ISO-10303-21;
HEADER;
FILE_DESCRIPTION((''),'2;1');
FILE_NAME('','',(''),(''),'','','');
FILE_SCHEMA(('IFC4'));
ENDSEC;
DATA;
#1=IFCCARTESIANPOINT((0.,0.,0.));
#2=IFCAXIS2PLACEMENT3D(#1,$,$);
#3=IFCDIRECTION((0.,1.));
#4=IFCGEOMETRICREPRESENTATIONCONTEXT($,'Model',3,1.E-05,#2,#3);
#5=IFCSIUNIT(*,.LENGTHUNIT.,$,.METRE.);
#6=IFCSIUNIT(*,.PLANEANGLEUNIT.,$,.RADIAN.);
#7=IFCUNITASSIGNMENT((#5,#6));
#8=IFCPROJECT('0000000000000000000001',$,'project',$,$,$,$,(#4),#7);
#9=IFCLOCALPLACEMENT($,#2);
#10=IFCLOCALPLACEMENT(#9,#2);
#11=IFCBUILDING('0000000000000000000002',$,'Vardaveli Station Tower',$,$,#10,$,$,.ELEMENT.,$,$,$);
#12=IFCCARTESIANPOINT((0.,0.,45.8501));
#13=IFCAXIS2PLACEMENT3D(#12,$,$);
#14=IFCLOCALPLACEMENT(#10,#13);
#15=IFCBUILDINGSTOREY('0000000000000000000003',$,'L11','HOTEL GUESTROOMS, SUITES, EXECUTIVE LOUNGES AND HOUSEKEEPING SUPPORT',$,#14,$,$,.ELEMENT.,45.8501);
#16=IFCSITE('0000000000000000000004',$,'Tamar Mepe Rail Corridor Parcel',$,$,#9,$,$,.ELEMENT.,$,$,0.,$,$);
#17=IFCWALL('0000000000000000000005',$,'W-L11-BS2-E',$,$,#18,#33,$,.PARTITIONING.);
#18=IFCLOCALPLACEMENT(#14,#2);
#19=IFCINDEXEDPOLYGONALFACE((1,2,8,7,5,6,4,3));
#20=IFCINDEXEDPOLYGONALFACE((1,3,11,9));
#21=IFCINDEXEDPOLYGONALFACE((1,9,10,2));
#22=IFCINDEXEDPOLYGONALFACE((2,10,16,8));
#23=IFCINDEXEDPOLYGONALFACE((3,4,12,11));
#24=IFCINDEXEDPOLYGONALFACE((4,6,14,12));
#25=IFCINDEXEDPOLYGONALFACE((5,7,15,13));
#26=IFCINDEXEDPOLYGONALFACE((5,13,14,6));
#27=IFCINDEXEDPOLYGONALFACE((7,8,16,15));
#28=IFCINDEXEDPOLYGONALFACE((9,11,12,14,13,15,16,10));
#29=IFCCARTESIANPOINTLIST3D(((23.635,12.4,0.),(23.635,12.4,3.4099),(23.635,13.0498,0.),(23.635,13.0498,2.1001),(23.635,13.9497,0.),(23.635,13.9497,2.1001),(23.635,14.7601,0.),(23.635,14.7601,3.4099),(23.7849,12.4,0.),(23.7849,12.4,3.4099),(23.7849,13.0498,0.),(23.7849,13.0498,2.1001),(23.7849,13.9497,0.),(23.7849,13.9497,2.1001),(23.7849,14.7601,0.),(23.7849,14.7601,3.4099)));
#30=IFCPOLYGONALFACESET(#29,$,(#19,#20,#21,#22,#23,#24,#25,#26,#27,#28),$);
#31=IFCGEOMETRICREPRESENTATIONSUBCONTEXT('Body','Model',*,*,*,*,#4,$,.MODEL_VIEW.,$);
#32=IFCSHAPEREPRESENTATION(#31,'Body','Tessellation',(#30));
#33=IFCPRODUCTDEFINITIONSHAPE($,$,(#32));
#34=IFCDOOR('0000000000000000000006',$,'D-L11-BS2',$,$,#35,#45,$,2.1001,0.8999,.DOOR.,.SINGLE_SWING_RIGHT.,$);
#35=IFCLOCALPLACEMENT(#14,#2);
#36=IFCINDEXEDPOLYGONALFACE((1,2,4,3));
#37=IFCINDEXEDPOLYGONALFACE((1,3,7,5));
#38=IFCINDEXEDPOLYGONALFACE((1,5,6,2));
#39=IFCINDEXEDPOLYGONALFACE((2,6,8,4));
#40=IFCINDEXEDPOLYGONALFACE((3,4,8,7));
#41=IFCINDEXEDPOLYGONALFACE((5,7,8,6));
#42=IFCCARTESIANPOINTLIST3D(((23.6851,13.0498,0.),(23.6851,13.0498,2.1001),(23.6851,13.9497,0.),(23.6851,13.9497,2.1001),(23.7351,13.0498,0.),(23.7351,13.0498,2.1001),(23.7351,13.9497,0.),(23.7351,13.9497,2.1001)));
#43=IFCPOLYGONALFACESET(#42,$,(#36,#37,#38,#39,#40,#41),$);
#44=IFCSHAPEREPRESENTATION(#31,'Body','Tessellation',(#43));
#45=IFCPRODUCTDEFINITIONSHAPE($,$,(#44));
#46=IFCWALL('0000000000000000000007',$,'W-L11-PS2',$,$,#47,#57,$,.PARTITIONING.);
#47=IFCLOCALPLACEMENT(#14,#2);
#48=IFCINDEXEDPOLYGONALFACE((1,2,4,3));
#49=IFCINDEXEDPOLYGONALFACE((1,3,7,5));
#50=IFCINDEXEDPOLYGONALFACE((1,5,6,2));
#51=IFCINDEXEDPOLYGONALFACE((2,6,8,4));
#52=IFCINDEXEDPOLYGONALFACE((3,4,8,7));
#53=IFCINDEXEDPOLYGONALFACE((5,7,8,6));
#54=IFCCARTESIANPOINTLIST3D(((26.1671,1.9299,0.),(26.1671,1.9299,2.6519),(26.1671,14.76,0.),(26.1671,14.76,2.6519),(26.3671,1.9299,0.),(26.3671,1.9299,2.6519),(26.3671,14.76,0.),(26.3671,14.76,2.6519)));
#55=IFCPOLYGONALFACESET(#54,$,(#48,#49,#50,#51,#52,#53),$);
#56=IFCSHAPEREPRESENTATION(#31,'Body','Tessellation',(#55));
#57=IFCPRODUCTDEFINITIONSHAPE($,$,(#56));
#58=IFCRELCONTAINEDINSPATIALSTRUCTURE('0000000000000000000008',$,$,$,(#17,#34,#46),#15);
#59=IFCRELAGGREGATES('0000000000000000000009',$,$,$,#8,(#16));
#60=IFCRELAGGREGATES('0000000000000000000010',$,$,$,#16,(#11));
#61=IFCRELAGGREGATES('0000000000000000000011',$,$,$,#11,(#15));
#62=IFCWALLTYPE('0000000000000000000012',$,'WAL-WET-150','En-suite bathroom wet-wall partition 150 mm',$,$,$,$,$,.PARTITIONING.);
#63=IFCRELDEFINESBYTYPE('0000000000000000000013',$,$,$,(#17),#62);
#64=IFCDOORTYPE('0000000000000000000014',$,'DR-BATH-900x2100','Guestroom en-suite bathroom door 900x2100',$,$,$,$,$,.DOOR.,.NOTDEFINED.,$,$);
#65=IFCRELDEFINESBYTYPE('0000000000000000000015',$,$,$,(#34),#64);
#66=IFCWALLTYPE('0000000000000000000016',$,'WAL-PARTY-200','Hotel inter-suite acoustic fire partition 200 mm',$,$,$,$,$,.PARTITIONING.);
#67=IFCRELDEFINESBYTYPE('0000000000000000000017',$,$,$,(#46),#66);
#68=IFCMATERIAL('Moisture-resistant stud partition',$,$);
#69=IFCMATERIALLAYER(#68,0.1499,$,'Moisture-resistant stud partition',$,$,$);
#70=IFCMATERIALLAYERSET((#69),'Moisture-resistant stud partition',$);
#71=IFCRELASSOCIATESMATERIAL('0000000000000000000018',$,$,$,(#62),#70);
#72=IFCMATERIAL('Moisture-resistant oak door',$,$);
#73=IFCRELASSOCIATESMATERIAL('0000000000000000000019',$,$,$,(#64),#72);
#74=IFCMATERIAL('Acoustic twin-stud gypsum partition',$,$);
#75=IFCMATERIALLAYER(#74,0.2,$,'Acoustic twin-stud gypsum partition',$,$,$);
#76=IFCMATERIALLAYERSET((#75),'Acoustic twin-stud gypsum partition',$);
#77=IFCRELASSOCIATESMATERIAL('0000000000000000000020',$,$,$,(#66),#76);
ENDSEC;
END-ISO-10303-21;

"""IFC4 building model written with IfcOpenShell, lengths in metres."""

from ifc_helpers import new_model, si_unit, direction, frame, frame_2d, origin, place, context, subcontext, project, spatial, rectangle, extrude, source, transform, mapped, material, layer, layer_set, type_object, element, fill, save


model = new_model("IFC4")

# Units and contexts
model_context = context("Model", 3, precision=1e-05, world=origin(), true_north=direction((0.0, 1.0)))
body_context = subcontext(model_context, "Body", "Model", "MODEL_VIEW")
ifc_project = project(units=[si_unit("LENGTHUNIT", "METRE"), si_unit("PLANEANGLEUNIT", "RADIAN")], contexts=[model_context])

# Site, building, storey
site_placement = place(None, origin())
site = spatial("IfcSite", under=ifc_project, at=site_placement, Name="Tamar Mepe Rail Corridor Parcel", CompositionType="ELEMENT", RefElevation=0.0)
building_placement = place(site_placement, origin())
building = spatial("IfcBuilding", under=site, at=building_placement, Name="Vardaveli Station Tower", CompositionType="ELEMENT")
storey_placement = place(building_placement, frame((0.0, 0.0, 45.8501)))
storey = spatial("IfcBuildingStorey", under=building, at=storey_placement, Name="L11", Description="HOTEL GUESTROOMS, SUITES, EXECUTIVE LOUNGES AND HOUSEKEEPING SUPPORT", CompositionType="ELEMENT", Elevation=45.8501)

# Wall, opening, door
ifc_material_1 = material(Name="Moisture-resistant stud partition")
ifc_layer_1 = layer(ifc_material_1, 0.1499, Name="Moisture-resistant stud partition")
ifc_layer_set_1 = layer_set([ifc_layer_1], Name="Moisture-resistant stud partition")
wall_type_1 = type_object("IfcWallType", Name="WAL-WET-150", Description="En-suite bathroom wet-wall partition 150 mm", PredefinedType="PARTITIONING", material=ifc_layer_set_1)
shared_shape_1 = source(origin(), body_context, "Body", "SweptSolid", [
    extrude(rectangle(XDim=2.3601, YDim=0.1499, at=frame_2d((1.1802, 0.0))), origin(), (0.0, 0.0, 1.0), 3.4099),
])
wall_1_placement = place(storey_placement, frame((23.71, 12.3999, 0.0), z_axis=(0.0, 0.0, 1.0), x_axis=(0.0, 1.0, 0.0)))
wall_1 = element("IfcWall", 1, at=wall_1_placement, inside=storey, type_object=wall_type_1, Name="W-L11-BS2-E", PredefinedType="PARTITIONING", context=body_context, shape_type="MappedRepresentation", body=[
    mapped(shared_shape_1, transform((0.0, 0.0, 0.0), scale=1.0)),
])
shared_shape_2 = source(origin(), body_context, "Body", "SweptSolid", [
    extrude(rectangle(XDim=0.8999, YDim=2.1001, at=frame_2d((0.45, 1.05))), frame((0.0, 0.085, 0.0), z_axis=(0.0, -1.0, 0.0), x_axis=(1.0, 0.0, 0.0)), (0.0, 0.0, 1.0), 0.1699),
])
opening_1_placement = place(wall_1_placement, frame((0.6499, 0.0, 0.0)))
opening_1 = element("IfcOpeningElement", 2, at=opening_1_placement, cuts=wall_1, PredefinedType="OPENING", context=body_context, shape_type="MappedRepresentation", body=[
    mapped(shared_shape_2, transform((0.0, 0.0, 0.0), scale=1.0)),
])
ifc_material_2 = material(Name="Moisture-resistant oak door")
door_type_1 = type_object("IfcDoorType", Name="DR-BATH-900x2100", Description="Guestroom en-suite bathroom door 900x2100", OperationType="NOTDEFINED", PredefinedType="DOOR", material=ifc_material_2)
shared_shape_3 = source(origin(), body_context, "Body", "SweptSolid", [
    extrude(rectangle(XDim=0.8999, YDim=2.1001, at=frame_2d((0.45, 1.05))), frame((0.0, 0.0249, 0.0), z_axis=(0.0, -1.0, 0.0), x_axis=(1.0, 0.0, 0.0)), (0.0, 0.0, 1.0), 0.05),
])
door_1_placement = place(opening_1_placement, origin())
door_1 = element("IfcDoor", 3, at=door_1_placement, inside=storey, type_object=door_type_1, Name="D-L11-BS2", OperationType="SINGLE_SWING_RIGHT", OverallHeight=2.1001, OverallWidth=0.8999, PredefinedType="DOOR", context=body_context, shape_type="MappedRepresentation", body=[
    mapped(shared_shape_3, transform((0.0, 0.0, 0.0), scale=1.0)),
])
fill(opening_1, door_1)

# Wall
ifc_material_3 = material(Name="Acoustic twin-stud gypsum partition")
ifc_layer_2 = layer(ifc_material_3, 0.2, Name="Acoustic twin-stud gypsum partition")
ifc_layer_set_2 = layer_set([ifc_layer_2], Name="Acoustic twin-stud gypsum partition")
wall_type_2 = type_object("IfcWallType", Name="WAL-PARTY-200", Description="Hotel inter-suite acoustic fire partition 200 mm", PredefinedType="PARTITIONING", material=ifc_layer_set_2)
shared_shape_4 = source(origin(), body_context, "Body", "SweptSolid", [
    extrude(rectangle(XDim=12.8301, YDim=0.2, at=frame_2d((6.415, 0.0))), origin(), (0.0, 0.0, 1.0), 2.6519),
])
wall_2_placement = place(storey_placement, frame((26.2671, 1.9299, 0.0), z_axis=(0.0, 0.0, 1.0), x_axis=(0.0, 1.0, 0.0)))
element("IfcWall", 4, at=wall_2_placement, inside=storey, type_object=wall_type_2, Name="W-L11-PS2", PredefinedType="PARTITIONING", context=body_context, shape_type="MappedRepresentation", body=[
    mapped(shared_shape_4, transform((0.0, 0.0, 0.0), scale=1.0)),
])

save(model, "model.ifc")
